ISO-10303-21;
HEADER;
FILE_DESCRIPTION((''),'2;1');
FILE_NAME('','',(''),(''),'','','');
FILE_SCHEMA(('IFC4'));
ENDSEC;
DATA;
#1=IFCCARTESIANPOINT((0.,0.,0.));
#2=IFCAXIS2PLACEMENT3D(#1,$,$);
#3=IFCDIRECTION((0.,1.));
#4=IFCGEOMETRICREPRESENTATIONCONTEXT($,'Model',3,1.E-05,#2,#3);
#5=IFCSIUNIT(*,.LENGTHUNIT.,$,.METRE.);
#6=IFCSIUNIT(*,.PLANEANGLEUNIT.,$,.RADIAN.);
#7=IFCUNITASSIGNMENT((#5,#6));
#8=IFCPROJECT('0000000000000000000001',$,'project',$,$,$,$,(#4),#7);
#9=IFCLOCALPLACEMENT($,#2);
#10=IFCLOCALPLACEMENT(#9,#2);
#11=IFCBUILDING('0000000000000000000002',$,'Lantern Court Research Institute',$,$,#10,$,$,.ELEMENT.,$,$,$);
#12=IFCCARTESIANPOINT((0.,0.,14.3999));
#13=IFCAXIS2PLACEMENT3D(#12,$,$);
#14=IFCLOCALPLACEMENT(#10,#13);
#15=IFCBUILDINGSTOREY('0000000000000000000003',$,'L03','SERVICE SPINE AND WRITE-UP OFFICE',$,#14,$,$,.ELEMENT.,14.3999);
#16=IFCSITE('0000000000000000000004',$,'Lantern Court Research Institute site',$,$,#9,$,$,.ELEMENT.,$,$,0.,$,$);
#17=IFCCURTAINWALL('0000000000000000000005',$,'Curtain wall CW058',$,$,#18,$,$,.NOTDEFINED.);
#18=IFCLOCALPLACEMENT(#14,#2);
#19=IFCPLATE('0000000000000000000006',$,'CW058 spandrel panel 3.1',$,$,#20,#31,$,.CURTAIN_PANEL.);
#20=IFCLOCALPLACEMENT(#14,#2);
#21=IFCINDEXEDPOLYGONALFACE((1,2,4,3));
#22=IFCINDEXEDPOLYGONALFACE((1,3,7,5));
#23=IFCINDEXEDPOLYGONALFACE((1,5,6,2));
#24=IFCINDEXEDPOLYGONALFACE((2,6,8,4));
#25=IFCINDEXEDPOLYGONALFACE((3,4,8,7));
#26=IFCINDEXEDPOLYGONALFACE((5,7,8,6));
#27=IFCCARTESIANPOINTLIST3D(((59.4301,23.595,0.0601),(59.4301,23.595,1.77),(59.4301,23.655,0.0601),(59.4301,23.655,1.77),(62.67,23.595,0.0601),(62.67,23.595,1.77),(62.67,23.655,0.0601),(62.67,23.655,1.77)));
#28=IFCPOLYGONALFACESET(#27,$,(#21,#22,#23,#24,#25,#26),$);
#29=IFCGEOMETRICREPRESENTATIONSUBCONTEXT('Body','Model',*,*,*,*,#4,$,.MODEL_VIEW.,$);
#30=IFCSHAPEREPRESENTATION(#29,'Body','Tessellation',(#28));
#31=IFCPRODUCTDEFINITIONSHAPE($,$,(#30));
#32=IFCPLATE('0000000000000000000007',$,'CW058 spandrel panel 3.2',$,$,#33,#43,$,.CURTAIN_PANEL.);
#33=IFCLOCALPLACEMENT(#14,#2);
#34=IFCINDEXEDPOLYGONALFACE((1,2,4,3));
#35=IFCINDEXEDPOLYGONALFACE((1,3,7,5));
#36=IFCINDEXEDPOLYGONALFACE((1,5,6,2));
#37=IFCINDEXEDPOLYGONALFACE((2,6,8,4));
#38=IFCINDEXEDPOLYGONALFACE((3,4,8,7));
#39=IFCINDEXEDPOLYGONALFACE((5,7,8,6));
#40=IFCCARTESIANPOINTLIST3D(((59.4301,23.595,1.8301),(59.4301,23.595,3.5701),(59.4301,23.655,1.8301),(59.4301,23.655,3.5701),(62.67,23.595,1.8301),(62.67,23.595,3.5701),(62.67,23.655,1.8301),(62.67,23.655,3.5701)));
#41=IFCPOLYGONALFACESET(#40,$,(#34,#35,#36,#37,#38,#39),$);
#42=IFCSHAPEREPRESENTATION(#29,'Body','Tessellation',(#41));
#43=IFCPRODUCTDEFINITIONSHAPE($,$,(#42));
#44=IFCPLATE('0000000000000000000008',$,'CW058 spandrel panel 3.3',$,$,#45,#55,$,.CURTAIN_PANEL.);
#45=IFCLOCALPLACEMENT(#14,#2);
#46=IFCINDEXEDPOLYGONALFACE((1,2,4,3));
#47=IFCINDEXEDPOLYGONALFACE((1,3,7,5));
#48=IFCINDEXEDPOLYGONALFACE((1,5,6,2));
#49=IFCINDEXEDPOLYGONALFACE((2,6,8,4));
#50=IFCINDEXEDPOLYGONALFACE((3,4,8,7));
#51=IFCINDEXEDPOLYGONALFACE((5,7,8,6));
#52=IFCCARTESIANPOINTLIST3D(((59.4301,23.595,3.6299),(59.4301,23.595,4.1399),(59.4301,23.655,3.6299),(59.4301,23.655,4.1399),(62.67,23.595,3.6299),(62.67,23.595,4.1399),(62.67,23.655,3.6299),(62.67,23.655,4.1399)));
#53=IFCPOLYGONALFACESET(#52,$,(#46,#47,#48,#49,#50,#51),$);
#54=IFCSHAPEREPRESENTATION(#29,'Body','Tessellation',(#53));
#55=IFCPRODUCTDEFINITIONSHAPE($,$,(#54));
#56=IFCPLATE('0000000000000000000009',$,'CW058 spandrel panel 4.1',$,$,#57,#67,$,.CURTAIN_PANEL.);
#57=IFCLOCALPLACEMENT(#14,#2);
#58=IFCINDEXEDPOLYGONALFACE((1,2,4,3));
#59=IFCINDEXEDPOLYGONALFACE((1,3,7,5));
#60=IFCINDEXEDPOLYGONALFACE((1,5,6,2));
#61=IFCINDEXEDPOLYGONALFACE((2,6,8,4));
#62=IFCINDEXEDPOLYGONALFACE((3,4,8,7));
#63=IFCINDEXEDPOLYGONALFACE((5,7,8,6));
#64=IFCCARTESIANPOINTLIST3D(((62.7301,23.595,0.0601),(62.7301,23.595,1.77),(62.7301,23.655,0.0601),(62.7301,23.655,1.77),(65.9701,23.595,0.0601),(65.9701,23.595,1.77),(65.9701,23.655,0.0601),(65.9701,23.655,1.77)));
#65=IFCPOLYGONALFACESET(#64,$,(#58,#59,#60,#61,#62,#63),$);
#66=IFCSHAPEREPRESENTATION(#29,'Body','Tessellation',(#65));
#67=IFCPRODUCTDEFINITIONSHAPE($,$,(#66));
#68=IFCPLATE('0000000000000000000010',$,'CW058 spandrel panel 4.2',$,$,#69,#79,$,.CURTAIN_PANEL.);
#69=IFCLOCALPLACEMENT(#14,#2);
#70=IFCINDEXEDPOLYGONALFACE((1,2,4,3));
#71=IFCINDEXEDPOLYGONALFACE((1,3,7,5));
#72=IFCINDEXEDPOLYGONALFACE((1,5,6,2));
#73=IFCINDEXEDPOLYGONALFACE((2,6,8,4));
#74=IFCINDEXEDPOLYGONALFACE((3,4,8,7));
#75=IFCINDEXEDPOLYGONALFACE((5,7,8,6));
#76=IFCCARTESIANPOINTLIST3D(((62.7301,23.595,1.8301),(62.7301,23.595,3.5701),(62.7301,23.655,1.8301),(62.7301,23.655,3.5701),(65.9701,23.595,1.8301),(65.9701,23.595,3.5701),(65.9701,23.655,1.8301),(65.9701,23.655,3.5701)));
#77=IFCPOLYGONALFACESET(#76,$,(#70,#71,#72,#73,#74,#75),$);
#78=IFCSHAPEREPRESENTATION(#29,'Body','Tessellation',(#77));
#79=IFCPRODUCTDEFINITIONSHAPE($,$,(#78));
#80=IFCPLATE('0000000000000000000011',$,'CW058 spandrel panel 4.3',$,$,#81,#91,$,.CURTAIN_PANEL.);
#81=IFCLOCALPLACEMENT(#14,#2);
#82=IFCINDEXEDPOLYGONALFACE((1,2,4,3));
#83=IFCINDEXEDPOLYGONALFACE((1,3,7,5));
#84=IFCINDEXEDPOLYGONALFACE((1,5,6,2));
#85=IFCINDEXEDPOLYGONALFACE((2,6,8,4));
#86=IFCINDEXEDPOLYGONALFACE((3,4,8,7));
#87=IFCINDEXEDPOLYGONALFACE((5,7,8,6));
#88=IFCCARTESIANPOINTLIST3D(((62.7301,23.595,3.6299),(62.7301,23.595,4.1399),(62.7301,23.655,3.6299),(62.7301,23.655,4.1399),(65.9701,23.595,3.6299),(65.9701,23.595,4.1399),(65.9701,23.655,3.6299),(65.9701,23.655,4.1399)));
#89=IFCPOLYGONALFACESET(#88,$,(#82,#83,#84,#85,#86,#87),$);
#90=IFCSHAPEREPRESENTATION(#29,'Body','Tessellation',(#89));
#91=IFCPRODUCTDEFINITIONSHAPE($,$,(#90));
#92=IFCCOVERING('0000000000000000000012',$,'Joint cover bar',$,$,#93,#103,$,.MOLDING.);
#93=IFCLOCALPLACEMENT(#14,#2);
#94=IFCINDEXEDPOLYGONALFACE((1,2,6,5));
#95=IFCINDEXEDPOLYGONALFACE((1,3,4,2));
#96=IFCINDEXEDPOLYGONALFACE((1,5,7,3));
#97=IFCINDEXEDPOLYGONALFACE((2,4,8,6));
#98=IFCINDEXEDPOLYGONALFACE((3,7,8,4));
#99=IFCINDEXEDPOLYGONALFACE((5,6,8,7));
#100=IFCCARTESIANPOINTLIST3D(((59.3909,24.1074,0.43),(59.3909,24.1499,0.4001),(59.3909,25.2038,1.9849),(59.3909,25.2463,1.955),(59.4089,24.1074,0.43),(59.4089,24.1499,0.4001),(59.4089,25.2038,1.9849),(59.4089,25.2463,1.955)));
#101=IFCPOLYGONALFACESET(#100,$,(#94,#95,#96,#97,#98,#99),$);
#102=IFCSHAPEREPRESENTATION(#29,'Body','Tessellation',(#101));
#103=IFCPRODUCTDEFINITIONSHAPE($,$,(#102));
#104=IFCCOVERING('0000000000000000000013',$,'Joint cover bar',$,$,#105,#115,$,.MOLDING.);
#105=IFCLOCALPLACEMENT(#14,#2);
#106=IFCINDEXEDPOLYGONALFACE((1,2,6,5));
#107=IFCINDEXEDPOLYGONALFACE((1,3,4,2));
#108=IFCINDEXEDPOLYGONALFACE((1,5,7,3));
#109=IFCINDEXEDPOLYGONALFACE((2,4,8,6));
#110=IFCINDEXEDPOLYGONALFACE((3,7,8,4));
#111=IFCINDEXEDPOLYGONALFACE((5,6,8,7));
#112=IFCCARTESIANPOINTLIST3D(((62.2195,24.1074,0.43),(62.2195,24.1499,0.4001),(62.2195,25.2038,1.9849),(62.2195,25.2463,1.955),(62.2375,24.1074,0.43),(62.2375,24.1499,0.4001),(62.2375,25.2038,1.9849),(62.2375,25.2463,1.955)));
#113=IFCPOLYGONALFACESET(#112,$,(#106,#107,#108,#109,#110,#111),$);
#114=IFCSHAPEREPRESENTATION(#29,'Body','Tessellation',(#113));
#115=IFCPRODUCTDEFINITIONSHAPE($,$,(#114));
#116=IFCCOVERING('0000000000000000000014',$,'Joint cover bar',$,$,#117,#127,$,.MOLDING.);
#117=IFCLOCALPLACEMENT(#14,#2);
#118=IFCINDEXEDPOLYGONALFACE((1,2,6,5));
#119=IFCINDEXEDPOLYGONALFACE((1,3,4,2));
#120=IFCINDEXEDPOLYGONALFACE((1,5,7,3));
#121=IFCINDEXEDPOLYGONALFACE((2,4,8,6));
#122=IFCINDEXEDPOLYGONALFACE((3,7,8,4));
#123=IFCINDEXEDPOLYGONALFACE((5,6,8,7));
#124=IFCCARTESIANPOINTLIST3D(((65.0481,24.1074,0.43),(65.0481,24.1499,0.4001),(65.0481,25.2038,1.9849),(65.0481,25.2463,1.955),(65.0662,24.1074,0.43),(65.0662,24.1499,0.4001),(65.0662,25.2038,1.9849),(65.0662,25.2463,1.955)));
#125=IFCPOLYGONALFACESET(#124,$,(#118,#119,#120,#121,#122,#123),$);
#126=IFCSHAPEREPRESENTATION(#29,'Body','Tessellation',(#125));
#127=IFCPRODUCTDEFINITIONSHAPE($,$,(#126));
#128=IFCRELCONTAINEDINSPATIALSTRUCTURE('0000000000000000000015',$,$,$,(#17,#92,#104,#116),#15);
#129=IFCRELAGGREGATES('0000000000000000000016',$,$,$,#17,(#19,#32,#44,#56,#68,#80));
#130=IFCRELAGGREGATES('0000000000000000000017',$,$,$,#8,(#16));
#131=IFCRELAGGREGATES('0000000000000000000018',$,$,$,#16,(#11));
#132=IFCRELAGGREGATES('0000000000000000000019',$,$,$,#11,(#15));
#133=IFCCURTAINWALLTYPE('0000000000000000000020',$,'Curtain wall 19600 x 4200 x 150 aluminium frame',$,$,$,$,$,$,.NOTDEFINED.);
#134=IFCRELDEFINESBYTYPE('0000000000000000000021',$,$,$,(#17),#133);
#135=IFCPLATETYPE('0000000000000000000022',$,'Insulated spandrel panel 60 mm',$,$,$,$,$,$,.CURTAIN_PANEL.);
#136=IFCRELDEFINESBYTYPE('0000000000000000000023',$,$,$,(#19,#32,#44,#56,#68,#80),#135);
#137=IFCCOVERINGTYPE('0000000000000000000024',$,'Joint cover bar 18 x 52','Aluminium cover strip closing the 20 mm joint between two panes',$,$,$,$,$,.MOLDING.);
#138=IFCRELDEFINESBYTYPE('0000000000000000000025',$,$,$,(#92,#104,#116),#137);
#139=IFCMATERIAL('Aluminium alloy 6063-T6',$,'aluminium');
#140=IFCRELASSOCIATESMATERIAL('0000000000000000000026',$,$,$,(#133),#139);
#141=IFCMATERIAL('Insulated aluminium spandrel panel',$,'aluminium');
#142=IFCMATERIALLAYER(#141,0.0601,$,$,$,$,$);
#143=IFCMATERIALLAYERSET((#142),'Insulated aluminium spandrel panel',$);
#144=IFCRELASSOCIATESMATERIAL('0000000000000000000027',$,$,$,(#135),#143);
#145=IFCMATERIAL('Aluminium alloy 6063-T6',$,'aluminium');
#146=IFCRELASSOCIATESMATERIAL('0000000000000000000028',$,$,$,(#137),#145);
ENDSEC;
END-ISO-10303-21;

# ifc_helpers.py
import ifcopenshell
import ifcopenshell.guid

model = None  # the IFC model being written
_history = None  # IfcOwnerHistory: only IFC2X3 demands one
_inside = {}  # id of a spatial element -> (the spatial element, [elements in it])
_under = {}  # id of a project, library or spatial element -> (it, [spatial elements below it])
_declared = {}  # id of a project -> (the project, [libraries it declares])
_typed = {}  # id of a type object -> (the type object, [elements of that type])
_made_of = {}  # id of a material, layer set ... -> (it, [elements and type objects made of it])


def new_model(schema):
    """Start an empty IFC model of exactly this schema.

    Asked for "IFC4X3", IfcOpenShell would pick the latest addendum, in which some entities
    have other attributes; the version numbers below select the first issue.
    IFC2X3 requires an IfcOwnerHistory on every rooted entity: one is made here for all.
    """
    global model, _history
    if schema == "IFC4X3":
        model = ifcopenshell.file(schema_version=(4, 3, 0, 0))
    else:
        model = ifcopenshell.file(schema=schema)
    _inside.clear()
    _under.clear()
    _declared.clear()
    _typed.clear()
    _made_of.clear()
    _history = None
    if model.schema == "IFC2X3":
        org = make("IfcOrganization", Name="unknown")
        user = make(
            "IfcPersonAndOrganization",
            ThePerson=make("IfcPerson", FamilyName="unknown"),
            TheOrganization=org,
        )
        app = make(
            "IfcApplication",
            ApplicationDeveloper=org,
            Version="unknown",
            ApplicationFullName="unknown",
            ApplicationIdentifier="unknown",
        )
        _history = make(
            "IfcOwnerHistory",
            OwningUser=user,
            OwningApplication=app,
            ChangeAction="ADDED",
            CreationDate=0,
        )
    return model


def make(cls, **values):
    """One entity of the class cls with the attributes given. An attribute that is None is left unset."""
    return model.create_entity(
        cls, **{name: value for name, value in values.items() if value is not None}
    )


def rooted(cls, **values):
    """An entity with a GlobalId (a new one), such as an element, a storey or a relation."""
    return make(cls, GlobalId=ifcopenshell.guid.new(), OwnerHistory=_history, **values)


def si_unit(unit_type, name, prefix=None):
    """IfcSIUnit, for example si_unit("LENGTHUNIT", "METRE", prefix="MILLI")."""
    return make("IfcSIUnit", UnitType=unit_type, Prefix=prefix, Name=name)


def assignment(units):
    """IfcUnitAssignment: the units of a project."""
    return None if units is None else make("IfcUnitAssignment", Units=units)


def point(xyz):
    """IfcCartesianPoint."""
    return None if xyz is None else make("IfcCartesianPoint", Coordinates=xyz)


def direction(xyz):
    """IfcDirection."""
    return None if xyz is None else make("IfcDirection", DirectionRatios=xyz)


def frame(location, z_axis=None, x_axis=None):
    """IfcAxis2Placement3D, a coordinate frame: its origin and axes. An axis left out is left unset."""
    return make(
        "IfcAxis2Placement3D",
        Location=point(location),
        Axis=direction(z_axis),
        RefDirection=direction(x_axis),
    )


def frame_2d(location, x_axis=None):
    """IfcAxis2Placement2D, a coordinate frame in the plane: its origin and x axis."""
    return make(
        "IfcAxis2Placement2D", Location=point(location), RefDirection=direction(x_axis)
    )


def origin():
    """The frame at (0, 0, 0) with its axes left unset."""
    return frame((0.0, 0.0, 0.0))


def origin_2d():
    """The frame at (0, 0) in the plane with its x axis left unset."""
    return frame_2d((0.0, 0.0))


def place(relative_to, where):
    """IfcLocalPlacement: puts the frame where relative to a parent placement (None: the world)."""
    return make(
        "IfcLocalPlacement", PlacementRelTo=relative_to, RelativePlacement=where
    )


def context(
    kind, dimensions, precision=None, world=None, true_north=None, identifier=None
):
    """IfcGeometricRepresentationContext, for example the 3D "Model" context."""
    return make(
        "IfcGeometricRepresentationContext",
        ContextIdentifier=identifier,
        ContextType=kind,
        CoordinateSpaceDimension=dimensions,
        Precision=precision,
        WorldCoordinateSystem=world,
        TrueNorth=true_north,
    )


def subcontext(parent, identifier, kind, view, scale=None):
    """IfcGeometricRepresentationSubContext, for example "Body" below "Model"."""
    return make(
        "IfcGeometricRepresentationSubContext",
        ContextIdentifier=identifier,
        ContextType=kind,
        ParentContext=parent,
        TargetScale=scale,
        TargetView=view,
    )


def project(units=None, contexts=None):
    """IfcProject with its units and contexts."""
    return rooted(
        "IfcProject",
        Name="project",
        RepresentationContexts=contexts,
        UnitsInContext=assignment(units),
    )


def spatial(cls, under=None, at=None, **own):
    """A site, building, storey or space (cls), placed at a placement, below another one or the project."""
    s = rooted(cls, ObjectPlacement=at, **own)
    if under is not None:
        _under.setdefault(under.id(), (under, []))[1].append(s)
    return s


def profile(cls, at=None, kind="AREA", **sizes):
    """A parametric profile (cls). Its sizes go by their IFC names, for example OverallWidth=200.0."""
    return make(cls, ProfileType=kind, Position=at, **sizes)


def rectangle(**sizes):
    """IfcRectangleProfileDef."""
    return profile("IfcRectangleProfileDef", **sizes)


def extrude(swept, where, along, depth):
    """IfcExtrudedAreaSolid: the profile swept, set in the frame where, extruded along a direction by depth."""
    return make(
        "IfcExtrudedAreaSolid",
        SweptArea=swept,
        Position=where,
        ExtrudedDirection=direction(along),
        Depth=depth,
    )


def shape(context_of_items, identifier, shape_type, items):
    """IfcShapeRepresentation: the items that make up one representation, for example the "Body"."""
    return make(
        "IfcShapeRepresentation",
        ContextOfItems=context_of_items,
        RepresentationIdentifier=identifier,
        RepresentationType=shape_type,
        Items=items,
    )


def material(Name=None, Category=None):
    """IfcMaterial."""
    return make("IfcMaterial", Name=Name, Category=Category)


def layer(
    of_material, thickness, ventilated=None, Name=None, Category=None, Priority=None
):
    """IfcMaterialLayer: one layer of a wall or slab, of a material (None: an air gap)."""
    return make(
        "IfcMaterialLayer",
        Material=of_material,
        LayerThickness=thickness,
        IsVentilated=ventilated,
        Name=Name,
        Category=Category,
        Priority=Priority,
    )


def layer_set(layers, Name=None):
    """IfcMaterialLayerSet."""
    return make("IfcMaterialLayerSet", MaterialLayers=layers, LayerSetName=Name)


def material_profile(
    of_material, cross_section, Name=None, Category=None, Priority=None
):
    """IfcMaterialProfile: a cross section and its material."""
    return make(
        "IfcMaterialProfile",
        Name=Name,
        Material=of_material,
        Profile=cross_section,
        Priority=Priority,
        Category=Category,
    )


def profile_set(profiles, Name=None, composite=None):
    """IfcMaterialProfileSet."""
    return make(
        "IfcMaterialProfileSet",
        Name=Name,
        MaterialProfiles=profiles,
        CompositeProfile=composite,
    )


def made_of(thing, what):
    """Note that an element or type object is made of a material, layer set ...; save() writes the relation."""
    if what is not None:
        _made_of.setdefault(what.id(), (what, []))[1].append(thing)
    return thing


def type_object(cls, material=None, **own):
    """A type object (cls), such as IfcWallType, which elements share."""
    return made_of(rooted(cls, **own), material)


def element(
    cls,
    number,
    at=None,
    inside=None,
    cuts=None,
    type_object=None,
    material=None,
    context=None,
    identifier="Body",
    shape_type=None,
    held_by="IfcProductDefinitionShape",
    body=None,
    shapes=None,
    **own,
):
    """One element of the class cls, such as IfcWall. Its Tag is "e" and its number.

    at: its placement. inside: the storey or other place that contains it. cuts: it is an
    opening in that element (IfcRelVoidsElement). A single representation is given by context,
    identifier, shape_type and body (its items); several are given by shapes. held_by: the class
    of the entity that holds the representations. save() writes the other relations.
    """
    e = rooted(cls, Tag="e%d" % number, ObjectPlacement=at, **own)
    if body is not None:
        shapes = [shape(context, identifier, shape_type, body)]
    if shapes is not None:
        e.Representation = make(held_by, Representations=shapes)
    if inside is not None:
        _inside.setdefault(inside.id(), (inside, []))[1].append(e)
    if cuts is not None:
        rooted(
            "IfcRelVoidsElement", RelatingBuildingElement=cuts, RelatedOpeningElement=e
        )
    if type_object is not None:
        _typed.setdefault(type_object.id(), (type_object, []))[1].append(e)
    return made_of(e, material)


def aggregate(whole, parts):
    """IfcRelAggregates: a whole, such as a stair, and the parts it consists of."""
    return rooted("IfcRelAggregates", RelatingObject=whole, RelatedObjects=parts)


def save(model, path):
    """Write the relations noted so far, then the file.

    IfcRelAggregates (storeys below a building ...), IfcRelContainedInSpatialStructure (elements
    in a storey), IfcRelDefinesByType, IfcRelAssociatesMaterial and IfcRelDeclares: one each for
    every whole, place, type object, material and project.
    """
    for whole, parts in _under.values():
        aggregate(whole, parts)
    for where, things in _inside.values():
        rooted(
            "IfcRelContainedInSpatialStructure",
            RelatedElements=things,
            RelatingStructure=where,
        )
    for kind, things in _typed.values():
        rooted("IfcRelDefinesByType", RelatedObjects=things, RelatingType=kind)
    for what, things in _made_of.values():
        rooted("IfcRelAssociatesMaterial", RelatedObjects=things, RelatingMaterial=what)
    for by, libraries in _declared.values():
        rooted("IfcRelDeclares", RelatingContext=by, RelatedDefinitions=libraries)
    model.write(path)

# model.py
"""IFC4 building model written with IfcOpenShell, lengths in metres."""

from ifc_helpers import new_model, si_unit, direction, frame, origin, origin_2d, place, context, subcontext, project, spatial, rectangle, extrude, material, layer, layer_set, material_profile, profile_set, type_object, element, aggregate, save


model = new_model("IFC4")

# Units and contexts
model_context = context("Model", 3, precision=1e-05, world=origin(), true_north=direction((0.0, 1.0)))
body_context = subcontext(model_context, "Body", "Model", "MODEL_VIEW")
ifc_project = project(units=[si_unit("LENGTHUNIT", "METRE"), si_unit("PLANEANGLEUNIT", "RADIAN")], contexts=[model_context])

# Site, building, storey
site_placement = place(None, origin())
site = spatial("IfcSite", under=ifc_project, at=site_placement, Name="Lantern Court Research Institute site", CompositionType="ELEMENT", RefElevation=0.0)
building_placement = place(site_placement, origin())
building = spatial("IfcBuilding", under=site, at=building_placement, Name="Lantern Court Research Institute", CompositionType="ELEMENT")
storey_placement = place(building_placement, frame((0.0, 0.0, 14.3999)))
storey = spatial("IfcBuildingStorey", under=building, at=storey_placement, Name="L03", Description="SERVICE SPINE AND WRITE-UP OFFICE", CompositionType="ELEMENT", Elevation=14.3999)

# Curtain wall
ifc_material_1 = material(Name="Aluminium alloy 6063-T6", Category="aluminium")
curtain_wall_type = type_object("IfcCurtainWallType", Name="Curtain wall 19600 x 4200 x 150 aluminium frame", PredefinedType="NOTDEFINED", material=ifc_material_1)
curtain_wall_placement = place(storey_placement, origin())
curtain_wall = element("IfcCurtainWall", 1, at=curtain_wall_placement, inside=storey, type_object=curtain_wall_type, Name="Curtain wall CW058", PredefinedType="NOTDEFINED")

# Plates
ifc_material_2 = material(Name="Insulated aluminium spandrel panel", Category="aluminium")
ifc_layer_1 = layer(ifc_material_2, 0.0601)
ifc_layer_set_1 = layer_set([ifc_layer_1], Name="Insulated aluminium spandrel panel")
plate_type_1 = type_object("IfcPlateType", Name="Insulated spandrel panel 60 mm", PredefinedType="CURTAIN_PANEL", material=ifc_layer_set_1)
plate_1_placement = place(storey_placement, frame((61.05, 23.625, 0.0601), z_axis=(0.0, 0.0, 1.0), x_axis=(1.0, 0.0, 0.0)))
plate_1 = element("IfcPlate", 2, at=plate_1_placement, type_object=plate_type_1, Name="CW058 spandrel panel 3.1", PredefinedType="CURTAIN_PANEL", context=body_context, shape_type="SweptSolid", body=[
    extrude(rectangle(XDim=3.24, YDim=0.0601, at=origin_2d()), origin(), (0.0, 0.0, 1.0), 1.71),
])
plate_2_placement = place(storey_placement, frame((61.05, 23.625, 1.8301), z_axis=(0.0, 0.0, 1.0), x_axis=(1.0, 0.0, 0.0)))
plate_2 = element("IfcPlate", 3, at=plate_2_placement, type_object=plate_type_1, Name="CW058 spandrel panel 3.2", PredefinedType="CURTAIN_PANEL", context=body_context, shape_type="SweptSolid", body=[
    extrude(rectangle(XDim=3.24, YDim=0.0601, at=origin_2d()), origin(), (0.0, 0.0, 1.0), 1.74),
])
plate_3_placement = place(storey_placement, frame((61.05, 23.625, 3.6299), z_axis=(0.0, 0.0, 1.0), x_axis=(1.0, 0.0, 0.0)))
plate_3 = element("IfcPlate", 4, at=plate_3_placement, type_object=plate_type_1, Name="CW058 spandrel panel 3.3", PredefinedType="CURTAIN_PANEL", context=body_context, shape_type="SweptSolid", body=[
    extrude(rectangle(XDim=3.24, YDim=0.0601, at=origin_2d()), origin(), (0.0, 0.0, 1.0), 0.51),
])
plate_4_placement = place(storey_placement, frame((64.3501, 23.625, 0.0601), z_axis=(0.0, 0.0, 1.0), x_axis=(1.0, 0.0, 0.0)))
plate_4 = element("IfcPlate", 5, at=plate_4_placement, type_object=plate_type_1, Name="CW058 spandrel panel 4.1", PredefinedType="CURTAIN_PANEL", context=body_context, shape_type="SweptSolid", body=[
    extrude(rectangle(XDim=3.24, YDim=0.0601, at=origin_2d()), origin(), (0.0, 0.0, 1.0), 1.71),
])
plate_5_placement = place(storey_placement, frame((64.3501, 23.625, 1.8301), z_axis=(0.0, 0.0, 1.0), x_axis=(1.0, 0.0, 0.0)))
plate_5 = element("IfcPlate", 6, at=plate_5_placement, type_object=plate_type_1, Name="CW058 spandrel panel 4.2", PredefinedType="CURTAIN_PANEL", context=body_context, shape_type="SweptSolid", body=[
    extrude(rectangle(XDim=3.24, YDim=0.0601, at=origin_2d()), origin(), (0.0, 0.0, 1.0), 1.74),
])
plate_6_placement = place(storey_placement, frame((64.3501, 23.625, 3.6299), z_axis=(0.0, 0.0, 1.0), x_axis=(1.0, 0.0, 0.0)))
plate_6 = element("IfcPlate", 7, at=plate_6_placement, type_object=plate_type_1, Name="CW058 spandrel panel 4.3", PredefinedType="CURTAIN_PANEL", context=body_context, shape_type="SweptSolid", body=[
    extrude(rectangle(XDim=3.24, YDim=0.0601, at=origin_2d()), origin(), (0.0, 0.0, 1.0), 0.51),
])
aggregate(curtain_wall, [plate_1, plate_2, plate_3, plate_4, plate_5, plate_6])

# Coverings
ifc_material_3 = material(Name="Aluminium alloy 6063-T6", Category="aluminium")
ifc_material_profile_1 = material_profile(ifc_material_3, rectangle(XDim=0.0181, YDim=0.052, at=origin_2d()), Name="Joint cover bar 18 x 52")
ifc_profile_set_1 = profile_set([ifc_material_profile_1], Name="Aluminium alloy 6063-T6")
covering_type = type_object("IfcCoveringType", Name="Joint cover bar 18 x 52", Description="Aluminium cover strip closing the 20 mm joint between two panes", PredefinedType="MOLDING", material=ifc_profile_set_1)
for number, where, z_axis, x_axis, name in (
    (8, (59.3999, 24.1287, 0.415), (0.0, 0.576275, 0.817256), (-1.0, 0.0, 0.0), "Joint cover bar"),
    (9, (62.2285, 24.1287, 0.415), (0.0, 0.576275, 0.817256), (-1.0, 0.0, 0.0), "Joint cover bar"),
    (10, (65.0571, 24.1287, 0.415), (0.0, 0.576275, 0.817256), (-1.0, 0.0, 0.0), "Joint cover bar"),
):
    element("IfcCovering", number, at=place(storey_placement, frame(where, z_axis=z_axis, x_axis=x_axis)), inside=storey, type_object=covering_type, Name=name, PredefinedType="MOLDING", context=body_context, shape_type="SweptSolid", body=[
        extrude(rectangle(XDim=0.0181, YDim=0.052, at=origin_2d()), origin(), (0.0, 0.0, 1.0), 1.9026),
    ])

save(model, "model.ifc")
